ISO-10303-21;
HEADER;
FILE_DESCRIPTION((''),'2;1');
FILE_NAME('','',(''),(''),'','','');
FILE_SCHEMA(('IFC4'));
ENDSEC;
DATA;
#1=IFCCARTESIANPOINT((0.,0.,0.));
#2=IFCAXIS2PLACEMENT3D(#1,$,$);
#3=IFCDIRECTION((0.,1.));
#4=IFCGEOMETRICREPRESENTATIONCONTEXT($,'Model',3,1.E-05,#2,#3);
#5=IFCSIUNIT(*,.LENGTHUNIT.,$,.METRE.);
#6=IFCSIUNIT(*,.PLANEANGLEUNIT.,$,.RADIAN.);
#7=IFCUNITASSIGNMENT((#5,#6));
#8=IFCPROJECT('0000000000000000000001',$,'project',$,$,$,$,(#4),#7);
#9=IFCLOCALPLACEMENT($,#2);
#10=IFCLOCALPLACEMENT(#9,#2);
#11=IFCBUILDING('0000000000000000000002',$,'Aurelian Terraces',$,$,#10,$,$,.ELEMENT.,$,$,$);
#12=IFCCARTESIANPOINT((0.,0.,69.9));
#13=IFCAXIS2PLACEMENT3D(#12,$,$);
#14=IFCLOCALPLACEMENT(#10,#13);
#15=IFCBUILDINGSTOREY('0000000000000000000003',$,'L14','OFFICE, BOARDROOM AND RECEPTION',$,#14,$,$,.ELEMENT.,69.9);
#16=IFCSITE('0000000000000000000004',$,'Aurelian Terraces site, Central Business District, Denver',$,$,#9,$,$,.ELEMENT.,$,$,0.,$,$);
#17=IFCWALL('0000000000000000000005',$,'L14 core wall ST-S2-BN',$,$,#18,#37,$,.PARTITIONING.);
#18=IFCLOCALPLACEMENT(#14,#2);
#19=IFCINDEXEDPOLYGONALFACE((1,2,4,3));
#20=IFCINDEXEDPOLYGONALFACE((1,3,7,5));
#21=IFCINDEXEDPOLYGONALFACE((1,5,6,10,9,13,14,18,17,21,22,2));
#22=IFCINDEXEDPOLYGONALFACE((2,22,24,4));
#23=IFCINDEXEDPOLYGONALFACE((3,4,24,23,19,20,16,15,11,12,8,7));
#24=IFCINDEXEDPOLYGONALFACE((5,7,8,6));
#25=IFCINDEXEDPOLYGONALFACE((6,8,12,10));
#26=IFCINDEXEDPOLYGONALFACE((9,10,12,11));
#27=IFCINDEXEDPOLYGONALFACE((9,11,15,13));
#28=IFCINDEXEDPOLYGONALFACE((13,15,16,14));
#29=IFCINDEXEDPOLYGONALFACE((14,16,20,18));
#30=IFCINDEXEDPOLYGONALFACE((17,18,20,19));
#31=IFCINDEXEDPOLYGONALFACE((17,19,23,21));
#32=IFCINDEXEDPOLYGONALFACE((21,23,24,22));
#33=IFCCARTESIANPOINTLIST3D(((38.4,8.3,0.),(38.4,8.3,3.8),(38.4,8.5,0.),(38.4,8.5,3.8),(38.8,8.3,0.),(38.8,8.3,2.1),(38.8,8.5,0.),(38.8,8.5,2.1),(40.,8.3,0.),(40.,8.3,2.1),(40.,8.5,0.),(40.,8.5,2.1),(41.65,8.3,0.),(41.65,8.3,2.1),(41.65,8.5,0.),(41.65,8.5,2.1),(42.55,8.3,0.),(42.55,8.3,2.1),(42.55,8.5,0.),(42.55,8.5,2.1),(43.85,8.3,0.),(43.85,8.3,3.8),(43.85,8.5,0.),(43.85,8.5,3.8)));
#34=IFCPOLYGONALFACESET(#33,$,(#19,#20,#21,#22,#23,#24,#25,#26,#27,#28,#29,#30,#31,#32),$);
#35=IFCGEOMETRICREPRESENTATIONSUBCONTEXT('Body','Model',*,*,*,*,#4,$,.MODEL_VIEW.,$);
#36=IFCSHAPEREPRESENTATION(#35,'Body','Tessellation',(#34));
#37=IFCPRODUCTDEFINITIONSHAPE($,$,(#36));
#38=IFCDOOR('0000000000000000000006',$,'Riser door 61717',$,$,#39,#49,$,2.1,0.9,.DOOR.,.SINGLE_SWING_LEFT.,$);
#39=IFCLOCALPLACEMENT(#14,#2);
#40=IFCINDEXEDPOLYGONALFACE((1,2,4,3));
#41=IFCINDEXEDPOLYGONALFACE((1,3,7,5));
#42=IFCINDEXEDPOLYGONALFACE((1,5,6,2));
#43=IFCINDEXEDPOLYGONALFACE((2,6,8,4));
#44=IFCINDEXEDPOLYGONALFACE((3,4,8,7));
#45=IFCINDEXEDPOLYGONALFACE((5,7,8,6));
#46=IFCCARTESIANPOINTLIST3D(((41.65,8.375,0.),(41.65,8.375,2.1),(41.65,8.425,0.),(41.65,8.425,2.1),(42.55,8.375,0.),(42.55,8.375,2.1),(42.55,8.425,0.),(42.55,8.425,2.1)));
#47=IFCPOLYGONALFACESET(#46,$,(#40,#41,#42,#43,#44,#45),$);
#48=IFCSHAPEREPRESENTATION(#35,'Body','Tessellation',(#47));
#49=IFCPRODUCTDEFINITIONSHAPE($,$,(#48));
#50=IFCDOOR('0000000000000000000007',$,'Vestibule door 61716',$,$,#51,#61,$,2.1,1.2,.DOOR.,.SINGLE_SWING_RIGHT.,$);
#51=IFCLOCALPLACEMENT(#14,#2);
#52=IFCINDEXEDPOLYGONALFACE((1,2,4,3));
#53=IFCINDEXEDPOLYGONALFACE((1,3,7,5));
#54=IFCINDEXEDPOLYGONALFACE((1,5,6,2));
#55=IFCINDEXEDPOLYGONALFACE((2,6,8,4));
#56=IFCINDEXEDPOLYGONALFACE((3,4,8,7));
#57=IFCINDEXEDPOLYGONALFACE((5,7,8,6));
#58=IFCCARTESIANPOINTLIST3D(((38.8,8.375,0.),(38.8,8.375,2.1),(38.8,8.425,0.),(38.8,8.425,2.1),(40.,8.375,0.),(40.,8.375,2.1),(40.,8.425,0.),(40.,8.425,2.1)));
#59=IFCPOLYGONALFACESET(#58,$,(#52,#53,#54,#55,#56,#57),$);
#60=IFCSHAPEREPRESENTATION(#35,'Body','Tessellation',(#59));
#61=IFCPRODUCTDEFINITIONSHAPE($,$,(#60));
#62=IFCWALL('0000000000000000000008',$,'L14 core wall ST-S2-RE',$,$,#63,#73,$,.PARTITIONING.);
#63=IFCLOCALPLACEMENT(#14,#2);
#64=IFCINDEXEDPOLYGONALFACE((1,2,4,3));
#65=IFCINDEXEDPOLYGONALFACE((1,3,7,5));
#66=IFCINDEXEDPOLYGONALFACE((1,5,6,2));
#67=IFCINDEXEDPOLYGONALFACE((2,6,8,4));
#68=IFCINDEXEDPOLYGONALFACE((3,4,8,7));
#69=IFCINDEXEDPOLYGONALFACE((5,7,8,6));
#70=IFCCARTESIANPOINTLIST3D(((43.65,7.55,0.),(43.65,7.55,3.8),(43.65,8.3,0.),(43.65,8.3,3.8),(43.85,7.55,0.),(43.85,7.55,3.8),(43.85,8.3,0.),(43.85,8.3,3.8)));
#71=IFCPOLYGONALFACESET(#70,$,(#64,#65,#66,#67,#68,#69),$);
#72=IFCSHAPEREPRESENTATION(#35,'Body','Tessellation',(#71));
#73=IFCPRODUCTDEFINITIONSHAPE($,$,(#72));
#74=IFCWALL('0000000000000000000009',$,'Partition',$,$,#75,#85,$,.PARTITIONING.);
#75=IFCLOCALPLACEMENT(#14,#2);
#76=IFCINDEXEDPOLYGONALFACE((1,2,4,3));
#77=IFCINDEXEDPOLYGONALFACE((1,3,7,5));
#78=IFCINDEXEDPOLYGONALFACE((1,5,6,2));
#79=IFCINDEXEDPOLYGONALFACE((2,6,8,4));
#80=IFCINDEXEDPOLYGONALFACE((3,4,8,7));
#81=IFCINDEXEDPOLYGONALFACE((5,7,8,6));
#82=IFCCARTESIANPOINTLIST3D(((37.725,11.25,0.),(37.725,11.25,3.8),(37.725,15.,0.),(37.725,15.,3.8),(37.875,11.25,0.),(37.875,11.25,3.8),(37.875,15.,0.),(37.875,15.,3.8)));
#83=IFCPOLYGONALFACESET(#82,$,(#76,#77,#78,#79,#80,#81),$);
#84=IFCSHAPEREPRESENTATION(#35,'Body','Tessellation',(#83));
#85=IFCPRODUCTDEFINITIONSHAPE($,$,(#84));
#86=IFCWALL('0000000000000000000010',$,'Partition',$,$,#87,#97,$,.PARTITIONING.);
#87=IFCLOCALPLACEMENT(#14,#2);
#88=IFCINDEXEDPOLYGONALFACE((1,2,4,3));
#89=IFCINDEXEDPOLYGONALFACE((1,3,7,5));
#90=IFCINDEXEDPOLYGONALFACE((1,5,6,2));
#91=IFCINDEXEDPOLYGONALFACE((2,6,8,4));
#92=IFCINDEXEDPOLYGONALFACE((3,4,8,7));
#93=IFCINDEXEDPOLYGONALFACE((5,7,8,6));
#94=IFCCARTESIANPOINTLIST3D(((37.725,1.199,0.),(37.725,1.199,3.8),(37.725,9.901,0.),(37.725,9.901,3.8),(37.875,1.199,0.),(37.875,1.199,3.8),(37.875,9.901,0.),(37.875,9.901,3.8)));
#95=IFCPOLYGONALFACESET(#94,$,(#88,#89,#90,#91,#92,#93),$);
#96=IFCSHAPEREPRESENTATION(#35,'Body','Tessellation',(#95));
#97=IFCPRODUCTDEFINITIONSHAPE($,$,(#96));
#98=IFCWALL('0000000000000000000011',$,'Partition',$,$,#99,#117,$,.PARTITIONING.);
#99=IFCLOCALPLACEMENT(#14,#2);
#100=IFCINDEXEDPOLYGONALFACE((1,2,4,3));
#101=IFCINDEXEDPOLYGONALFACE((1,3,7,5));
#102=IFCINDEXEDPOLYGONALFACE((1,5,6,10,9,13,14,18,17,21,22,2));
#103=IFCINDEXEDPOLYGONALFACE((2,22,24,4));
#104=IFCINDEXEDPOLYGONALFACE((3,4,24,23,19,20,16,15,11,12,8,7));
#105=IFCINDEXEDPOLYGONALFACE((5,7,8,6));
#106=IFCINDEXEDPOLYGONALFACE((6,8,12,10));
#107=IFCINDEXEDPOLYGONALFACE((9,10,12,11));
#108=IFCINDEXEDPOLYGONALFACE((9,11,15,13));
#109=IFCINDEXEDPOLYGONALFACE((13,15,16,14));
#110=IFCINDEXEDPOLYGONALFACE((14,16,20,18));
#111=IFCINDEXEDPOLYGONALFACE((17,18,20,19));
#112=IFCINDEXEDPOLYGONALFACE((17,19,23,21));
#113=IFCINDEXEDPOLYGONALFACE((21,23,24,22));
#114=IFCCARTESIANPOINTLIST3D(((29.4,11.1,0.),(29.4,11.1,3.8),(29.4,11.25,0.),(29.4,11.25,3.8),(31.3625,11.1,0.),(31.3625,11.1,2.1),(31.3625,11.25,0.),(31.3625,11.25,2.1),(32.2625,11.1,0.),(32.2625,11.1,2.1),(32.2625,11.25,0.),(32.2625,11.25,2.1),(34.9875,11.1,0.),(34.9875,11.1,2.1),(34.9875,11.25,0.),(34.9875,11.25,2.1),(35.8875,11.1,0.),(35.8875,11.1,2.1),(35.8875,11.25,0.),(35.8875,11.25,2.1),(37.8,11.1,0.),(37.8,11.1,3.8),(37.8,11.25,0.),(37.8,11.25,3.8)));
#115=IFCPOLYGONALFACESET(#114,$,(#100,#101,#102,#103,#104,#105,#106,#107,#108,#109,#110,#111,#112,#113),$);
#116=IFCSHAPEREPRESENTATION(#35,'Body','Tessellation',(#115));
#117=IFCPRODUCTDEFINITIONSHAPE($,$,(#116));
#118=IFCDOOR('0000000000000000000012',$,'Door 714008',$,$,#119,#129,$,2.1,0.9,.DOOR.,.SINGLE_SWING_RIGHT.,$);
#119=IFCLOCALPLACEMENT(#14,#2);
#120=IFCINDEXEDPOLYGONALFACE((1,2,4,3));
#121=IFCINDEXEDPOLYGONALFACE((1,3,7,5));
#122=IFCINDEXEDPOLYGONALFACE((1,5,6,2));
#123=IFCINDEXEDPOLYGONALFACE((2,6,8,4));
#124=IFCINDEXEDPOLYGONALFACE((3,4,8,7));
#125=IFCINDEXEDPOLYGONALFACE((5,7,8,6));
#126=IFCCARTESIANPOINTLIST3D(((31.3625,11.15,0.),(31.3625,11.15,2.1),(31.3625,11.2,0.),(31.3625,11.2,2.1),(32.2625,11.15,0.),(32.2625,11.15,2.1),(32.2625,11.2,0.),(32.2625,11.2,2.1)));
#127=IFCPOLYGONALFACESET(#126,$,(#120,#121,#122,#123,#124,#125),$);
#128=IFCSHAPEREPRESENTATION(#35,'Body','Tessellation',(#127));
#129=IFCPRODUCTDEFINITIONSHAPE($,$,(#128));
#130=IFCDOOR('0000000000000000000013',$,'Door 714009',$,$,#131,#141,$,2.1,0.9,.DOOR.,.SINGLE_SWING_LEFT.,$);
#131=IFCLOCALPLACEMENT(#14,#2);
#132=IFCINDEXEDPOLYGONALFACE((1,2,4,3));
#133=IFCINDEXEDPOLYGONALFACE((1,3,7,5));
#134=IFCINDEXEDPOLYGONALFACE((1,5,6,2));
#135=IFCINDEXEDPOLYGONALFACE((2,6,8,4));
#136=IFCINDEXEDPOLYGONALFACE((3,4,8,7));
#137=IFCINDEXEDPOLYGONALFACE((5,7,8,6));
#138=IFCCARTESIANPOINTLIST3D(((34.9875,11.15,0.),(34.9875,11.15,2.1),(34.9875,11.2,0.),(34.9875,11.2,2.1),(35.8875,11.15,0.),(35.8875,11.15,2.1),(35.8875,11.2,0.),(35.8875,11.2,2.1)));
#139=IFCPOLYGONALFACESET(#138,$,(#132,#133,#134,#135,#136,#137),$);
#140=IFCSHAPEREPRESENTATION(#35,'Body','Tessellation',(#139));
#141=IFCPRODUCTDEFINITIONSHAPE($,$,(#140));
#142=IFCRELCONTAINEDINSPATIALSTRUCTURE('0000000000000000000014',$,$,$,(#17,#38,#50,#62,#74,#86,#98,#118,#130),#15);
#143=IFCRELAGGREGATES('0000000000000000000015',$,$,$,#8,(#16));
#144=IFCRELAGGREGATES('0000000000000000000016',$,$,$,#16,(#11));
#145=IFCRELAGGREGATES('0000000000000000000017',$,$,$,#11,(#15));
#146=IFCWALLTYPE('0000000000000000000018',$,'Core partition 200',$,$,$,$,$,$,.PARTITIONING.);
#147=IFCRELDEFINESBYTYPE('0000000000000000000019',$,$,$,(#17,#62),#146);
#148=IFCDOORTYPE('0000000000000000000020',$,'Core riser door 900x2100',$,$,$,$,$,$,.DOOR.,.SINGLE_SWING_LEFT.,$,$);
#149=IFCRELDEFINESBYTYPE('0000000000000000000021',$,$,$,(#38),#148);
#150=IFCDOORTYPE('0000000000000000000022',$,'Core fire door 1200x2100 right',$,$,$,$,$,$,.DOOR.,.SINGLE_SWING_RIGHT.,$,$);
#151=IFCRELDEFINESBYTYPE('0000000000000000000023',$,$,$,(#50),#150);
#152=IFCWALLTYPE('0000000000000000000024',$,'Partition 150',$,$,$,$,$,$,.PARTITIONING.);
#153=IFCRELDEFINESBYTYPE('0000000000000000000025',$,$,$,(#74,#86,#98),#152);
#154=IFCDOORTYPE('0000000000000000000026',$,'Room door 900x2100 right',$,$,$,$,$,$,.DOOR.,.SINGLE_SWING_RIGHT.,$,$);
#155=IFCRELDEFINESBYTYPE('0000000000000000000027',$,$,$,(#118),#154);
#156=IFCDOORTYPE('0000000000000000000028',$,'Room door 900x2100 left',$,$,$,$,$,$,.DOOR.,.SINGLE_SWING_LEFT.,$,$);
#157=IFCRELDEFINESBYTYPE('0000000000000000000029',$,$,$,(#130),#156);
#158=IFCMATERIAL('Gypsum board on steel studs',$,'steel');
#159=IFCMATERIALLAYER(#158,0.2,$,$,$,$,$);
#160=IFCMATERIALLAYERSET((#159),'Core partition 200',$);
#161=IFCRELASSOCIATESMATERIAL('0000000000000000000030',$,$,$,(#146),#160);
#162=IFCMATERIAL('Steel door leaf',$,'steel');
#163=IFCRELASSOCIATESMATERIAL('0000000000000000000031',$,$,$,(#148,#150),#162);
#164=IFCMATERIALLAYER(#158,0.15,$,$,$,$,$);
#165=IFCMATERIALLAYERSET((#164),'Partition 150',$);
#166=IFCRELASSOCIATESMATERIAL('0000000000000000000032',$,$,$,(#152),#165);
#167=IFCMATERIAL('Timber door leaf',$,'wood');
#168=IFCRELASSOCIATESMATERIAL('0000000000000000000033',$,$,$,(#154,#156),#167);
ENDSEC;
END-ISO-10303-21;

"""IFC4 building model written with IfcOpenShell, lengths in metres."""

from ifc_helpers import new_model, si_unit, direction, frame, frame_2d, origin, place, context, subcontext, project, spatial, rectangle, extrude, source, transform, mapped, material, layer, layer_set, type_object, element, fill, save


model = new_model("IFC4")

# Units and contexts
model_context = context("Model", 3, precision=1e-05, world=origin(), true_north=direction((0.0, 1.0)))
body_context = subcontext(model_context, "Body", "Model", "MODEL_VIEW")
ifc_project = project(units=[si_unit("LENGTHUNIT", "METRE"), si_unit("PLANEANGLEUNIT", "RADIAN")], contexts=[model_context])

# Site, building, storey
site_placement = place(None, origin())
site = spatial("IfcSite", under=ifc_project, at=site_placement, Name="Aurelian Terraces site, Central Business District, Denver", CompositionType="ELEMENT", RefElevation=0.0)
building_placement = place(site_placement, origin())
building = spatial("IfcBuilding", under=site, at=building_placement, Name="Aurelian Terraces", CompositionType="ELEMENT")
storey_placement = place(building_placement, frame((0.0, 0.0, 69.9)))
storey = spatial("IfcBuildingStorey", under=building, at=storey_placement, Name="L14", Description="OFFICE, BOARDROOM AND RECEPTION", CompositionType="ELEMENT", Elevation=69.9)

# Shared definitions
ifc_material_1 = material(Name="Steel door leaf", Category="steel")

# Shared definitions
ifc_material_2 = material(Name="Gypsum board on steel studs", Category="steel")
ifc_layer_1 = layer(ifc_material_2, 0.2)
ifc_layer_set_1 = layer_set([ifc_layer_1], Name="Core partition 200")
wall_type_1 = type_object("IfcWallType", Name="Core partition 200", PredefinedType="PARTITIONING", material=ifc_layer_set_1)

# Wall, openings, doors
shared_shape_1 = source(origin(), body_context, "Body", "SweptSolid", [
    extrude(rectangle(XDim=5.45, YDim=0.2, at=frame_2d((2.725, 0.0))), origin(), (0.0, 0.0, 1.0), 3.8),
])
wall_1_placement = place(storey_placement, frame((38.4, 8.4, 0.0), z_axis=(0.0, 0.0, 1.0), x_axis=(1.0, 0.0, 0.0)))
wall_1 = element("IfcWall", 1, at=wall_1_placement, inside=storey, type_object=wall_type_1, Name="L14 core wall ST-S2-BN", PredefinedType="PARTITIONING", context=body_context, shape_type="MappedRepresentation", body=[
    mapped(shared_shape_1, transform((0.0, 0.0, 0.0), scale=1.0)),
])
shared_shape_2 = source(origin(), body_context, "Body", "SweptSolid", [
    extrude(rectangle(XDim=1.2, YDim=2.1, at=frame_2d((0.6, 1.05))), frame((0.0, 0.11, 0.0), z_axis=(0.0, -1.0, 0.0), x_axis=(1.0, 0.0, 0.0)), (0.0, 0.0, 1.0), 0.22),
])
opening_1_placement = place(wall_1_placement, frame((0.4, 0.0, 0.0)))
opening_1 = element("IfcOpeningElement", 2, at=opening_1_placement, cuts=wall_1, PredefinedType="OPENING", context=body_context, shape_type="MappedRepresentation", body=[
    mapped(shared_shape_2, transform((0.0, 0.0, 0.0), scale=1.0)),
])
shared_shape_3 = source(origin(), body_context, "Body", "SweptSolid", [
    extrude(rectangle(XDim=0.9, YDim=2.1, at=frame_2d((0.45, 1.05))), frame((0.0, 0.11, 0.0), z_axis=(0.0, -1.0, 0.0), x_axis=(1.0, 0.0, 0.0)), (0.0, 0.0, 1.0), 0.22),
])
opening_2_placement = place(wall_1_placement, frame((3.25, 0.0, 0.0)))
opening_2 = element("IfcOpeningElement", 3, at=opening_2_placement, cuts=wall_1, PredefinedType="OPENING", context=body_context, shape_type="MappedRepresentation", body=[
    mapped(shared_shape_3, transform((0.0, 0.0, 0.0), scale=1.0)),
])
door_type_1 = type_object("IfcDoorType", Name="Core riser door 900x2100", OperationType="SINGLE_SWING_LEFT", PredefinedType="DOOR", material=ifc_material_1)
shared_shape_4 = source(origin(), body_context, "Body", "SweptSolid", [
    extrude(rectangle(XDim=0.9, YDim=2.1, at=frame_2d((0.45, 1.05))), frame((0.0, 0.025, 0.0), z_axis=(0.0, -1.0, 0.0), x_axis=(1.0, 0.0, 0.0)), (0.0, 0.0, 1.0), 0.05),
])
door_1_placement = place(opening_2_placement, origin())
door_1 = element("IfcDoor", 4, at=door_1_placement, inside=storey, type_object=door_type_1, Name="Riser door 61717", OperationType="SINGLE_SWING_LEFT", OverallHeight=2.1, OverallWidth=0.9, PredefinedType="DOOR", context=body_context, shape_type="MappedRepresentation", body=[
    mapped(shared_shape_4, transform((0.0, 0.0, 0.0), scale=1.0)),
])
fill(opening_2, door_1)
door_type_2 = type_object("IfcDoorType", Name="Core fire door 1200x2100 right", OperationType="SINGLE_SWING_RIGHT", PredefinedType="DOOR", material=ifc_material_1)
shared_shape_5 = source(origin(), body_context, "Body", "SweptSolid", [
    extrude(rectangle(XDim=1.2, YDim=2.1, at=frame_2d((0.6, 1.05))), frame((0.0, 0.025, 0.0), z_axis=(0.0, -1.0, 0.0), x_axis=(1.0, 0.0, 0.0)), (0.0, 0.0, 1.0), 0.05),
])
door_2_placement = place(opening_1_placement, origin())
door_2 = element("IfcDoor", 5, at=door_2_placement, inside=storey, type_object=door_type_2, Name="Vestibule door 61716", OperationType="SINGLE_SWING_RIGHT", OverallHeight=2.1, OverallWidth=1.2, PredefinedType="DOOR", context=body_context, shape_type="MappedRepresentation", body=[
    mapped(shared_shape_5, transform((0.0, 0.0, 0.0), scale=1.0)),
])
fill(opening_1, door_2)

# Walls
shared_shape_6 = source(origin(), body_context, "Body", "SweptSolid", [
    extrude(rectangle(XDim=0.75, YDim=0.2, at=frame_2d((0.375, 0.0))), origin(), (0.0, 0.0, 1.0), 3.8),
])
wall_2_placement = place(storey_placement, frame((43.75, 7.55, 0.0), z_axis=(0.0, 0.0, 1.0), x_axis=(0.0, 1.0, 0.0)))
element("IfcWall", 6, at=wall_2_placement, inside=storey, type_object=wall_type_1, Name="L14 core wall ST-S2-RE", PredefinedType="PARTITIONING", context=body_context, shape_type="MappedRepresentation", body=[
    mapped(shared_shape_6, transform((0.0, 0.0, 0.0), scale=1.0)),
])
ifc_layer_2 = layer(ifc_material_2, 0.15)
ifc_layer_set_2 = layer_set([ifc_layer_2], Name="Partition 150")
wall_type_2 = type_object("IfcWallType", Name="Partition 150", PredefinedType="PARTITIONING", material=ifc_layer_set_2)
shared_shape_7 = source(origin(), body_context, "Body", "SweptSolid", [
    extrude(rectangle(XDim=3.75, YDim=0.15, at=frame_2d((1.875, 0.0))), origin(), (0.0, 0.0, 1.0), 3.8),
])
wall_3_placement = place(storey_placement, frame((37.8, 11.25, 0.0), z_axis=(0.0, 0.0, 1.0), x_axis=(0.0, 1.0, 0.0)))
element("IfcWall", 7, at=wall_3_placement, inside=storey, type_object=wall_type_2, Name="Partition", PredefinedType="PARTITIONING", context=body_context, shape_type="MappedRepresentation", body=[
    mapped(shared_shape_7, transform((0.0, 0.0, 0.0), scale=1.0)),
])
shared_shape_8 = source(origin(), body_context, "Body", "SweptSolid", [
    extrude(rectangle(XDim=8.702, YDim=0.15, at=frame_2d((4.351, 0.0))), origin(), (0.0, 0.0, 1.0), 3.8),
])
wall_4_placement = place(storey_placement, frame((37.8, 1.199, 0.0), z_axis=(0.0, 0.0, 1.0), x_axis=(0.0, 1.0, 0.0)))
element("IfcWall", 8, at=wall_4_placement, inside=storey, type_object=wall_type_2, Name="Partition", PredefinedType="PARTITIONING", context=body_context, shape_type="MappedRepresentation", body=[
    mapped(shared_shape_8, transform((0.0, 0.0, 0.0), scale=1.0)),
])

# Wall, openings, doors
shared_shape_9 = source(origin(), body_context, "Body", "SweptSolid", [
    extrude(rectangle(XDim=8.4, YDim=0.15, at=frame_2d((4.2, 0.0))), origin(), (0.0, 0.0, 1.0), 3.8),
])
wall_5_placement = place(storey_placement, frame((37.8, 11.175, 0.0), z_axis=(0.0, 0.0, 1.0), x_axis=(-1.0, 0.0, 0.0)))
wall_5 = element("IfcWall", 9, at=wall_5_placement, inside=storey, type_object=wall_type_2, Name="Partition", PredefinedType="PARTITIONING", context=body_context, shape_type="MappedRepresentation", body=[
    mapped(shared_shape_9, transform((0.0, 0.0, 0.0), scale=1.0)),
])
shared_shape_10 = source(origin(), body_context, "Body", "SweptSolid", [
    extrude(rectangle(XDim=0.9, YDim=2.1, at=frame_2d((0.45, 1.05))), frame((0.0, 0.085, 0.0), z_axis=(0.0, -1.0, 0.0), x_axis=(1.0, 0.0, 0.0)), (0.0, 0.0, 1.0), 0.17),
])
opening_3_placement = place(wall_5_placement, frame((5.5375, 0.0, 0.0)))
opening_3 = element("IfcOpeningElement", 10, at=opening_3_placement, cuts=wall_5, PredefinedType="OPENING", context=body_context, shape_type="MappedRepresentation", body=[
    mapped(shared_shape_10, transform((0.0, 0.0, 0.0), scale=1.0)),
])
opening_4_placement = place(wall_5_placement, frame((1.9125, 0.0, 0.0)))
opening_4 = element("IfcOpeningElement", 11, at=opening_4_placement, cuts=wall_5, PredefinedType="OPENING", context=body_context, shape_type="MappedRepresentation", body=[
    mapped(shared_shape_10, transform((0.0, 0.0, 0.0), scale=1.0)),
])
ifc_material_3 = material(Name="Timber door leaf", Category="wood")
door_type_3 = type_object("IfcDoorType", Name="Room door 900x2100 right", OperationType="SINGLE_SWING_RIGHT", PredefinedType="DOOR", material=ifc_material_3)
door_3_placement = place(opening_3_placement, origin())
door_3 = element("IfcDoor", 12, at=door_3_placement, inside=storey, type_object=door_type_3, Name="Door 714008", OperationType="SINGLE_SWING_RIGHT", OverallHeight=2.1, OverallWidth=0.9, PredefinedType="DOOR", context=body_context, shape_type="MappedRepresentation", body=[
    mapped(shared_shape_4, transform((0.0, 0.0, 0.0), scale=1.0)),
])
fill(opening_3, door_3)
door_type_4 = type_object("IfcDoorType", Name="Room door 900x2100 left", OperationType="SINGLE_SWING_LEFT", PredefinedType="DOOR", material=ifc_material_3)
door_4_placement = place(opening_4_placement, origin())
door_4 = element("IfcDoor", 13, at=door_4_placement, inside=storey, type_object=door_type_4, Name="Door 714009", OperationType="SINGLE_SWING_LEFT", OverallHeight=2.1, OverallWidth=0.9, PredefinedType="DOOR", context=body_context, shape_type="MappedRepresentation", body=[
    mapped(shared_shape_4, transform((0.0, 0.0, 0.0), scale=1.0)),
])
fill(opening_4, door_4)

save(model, "model.ifc")
